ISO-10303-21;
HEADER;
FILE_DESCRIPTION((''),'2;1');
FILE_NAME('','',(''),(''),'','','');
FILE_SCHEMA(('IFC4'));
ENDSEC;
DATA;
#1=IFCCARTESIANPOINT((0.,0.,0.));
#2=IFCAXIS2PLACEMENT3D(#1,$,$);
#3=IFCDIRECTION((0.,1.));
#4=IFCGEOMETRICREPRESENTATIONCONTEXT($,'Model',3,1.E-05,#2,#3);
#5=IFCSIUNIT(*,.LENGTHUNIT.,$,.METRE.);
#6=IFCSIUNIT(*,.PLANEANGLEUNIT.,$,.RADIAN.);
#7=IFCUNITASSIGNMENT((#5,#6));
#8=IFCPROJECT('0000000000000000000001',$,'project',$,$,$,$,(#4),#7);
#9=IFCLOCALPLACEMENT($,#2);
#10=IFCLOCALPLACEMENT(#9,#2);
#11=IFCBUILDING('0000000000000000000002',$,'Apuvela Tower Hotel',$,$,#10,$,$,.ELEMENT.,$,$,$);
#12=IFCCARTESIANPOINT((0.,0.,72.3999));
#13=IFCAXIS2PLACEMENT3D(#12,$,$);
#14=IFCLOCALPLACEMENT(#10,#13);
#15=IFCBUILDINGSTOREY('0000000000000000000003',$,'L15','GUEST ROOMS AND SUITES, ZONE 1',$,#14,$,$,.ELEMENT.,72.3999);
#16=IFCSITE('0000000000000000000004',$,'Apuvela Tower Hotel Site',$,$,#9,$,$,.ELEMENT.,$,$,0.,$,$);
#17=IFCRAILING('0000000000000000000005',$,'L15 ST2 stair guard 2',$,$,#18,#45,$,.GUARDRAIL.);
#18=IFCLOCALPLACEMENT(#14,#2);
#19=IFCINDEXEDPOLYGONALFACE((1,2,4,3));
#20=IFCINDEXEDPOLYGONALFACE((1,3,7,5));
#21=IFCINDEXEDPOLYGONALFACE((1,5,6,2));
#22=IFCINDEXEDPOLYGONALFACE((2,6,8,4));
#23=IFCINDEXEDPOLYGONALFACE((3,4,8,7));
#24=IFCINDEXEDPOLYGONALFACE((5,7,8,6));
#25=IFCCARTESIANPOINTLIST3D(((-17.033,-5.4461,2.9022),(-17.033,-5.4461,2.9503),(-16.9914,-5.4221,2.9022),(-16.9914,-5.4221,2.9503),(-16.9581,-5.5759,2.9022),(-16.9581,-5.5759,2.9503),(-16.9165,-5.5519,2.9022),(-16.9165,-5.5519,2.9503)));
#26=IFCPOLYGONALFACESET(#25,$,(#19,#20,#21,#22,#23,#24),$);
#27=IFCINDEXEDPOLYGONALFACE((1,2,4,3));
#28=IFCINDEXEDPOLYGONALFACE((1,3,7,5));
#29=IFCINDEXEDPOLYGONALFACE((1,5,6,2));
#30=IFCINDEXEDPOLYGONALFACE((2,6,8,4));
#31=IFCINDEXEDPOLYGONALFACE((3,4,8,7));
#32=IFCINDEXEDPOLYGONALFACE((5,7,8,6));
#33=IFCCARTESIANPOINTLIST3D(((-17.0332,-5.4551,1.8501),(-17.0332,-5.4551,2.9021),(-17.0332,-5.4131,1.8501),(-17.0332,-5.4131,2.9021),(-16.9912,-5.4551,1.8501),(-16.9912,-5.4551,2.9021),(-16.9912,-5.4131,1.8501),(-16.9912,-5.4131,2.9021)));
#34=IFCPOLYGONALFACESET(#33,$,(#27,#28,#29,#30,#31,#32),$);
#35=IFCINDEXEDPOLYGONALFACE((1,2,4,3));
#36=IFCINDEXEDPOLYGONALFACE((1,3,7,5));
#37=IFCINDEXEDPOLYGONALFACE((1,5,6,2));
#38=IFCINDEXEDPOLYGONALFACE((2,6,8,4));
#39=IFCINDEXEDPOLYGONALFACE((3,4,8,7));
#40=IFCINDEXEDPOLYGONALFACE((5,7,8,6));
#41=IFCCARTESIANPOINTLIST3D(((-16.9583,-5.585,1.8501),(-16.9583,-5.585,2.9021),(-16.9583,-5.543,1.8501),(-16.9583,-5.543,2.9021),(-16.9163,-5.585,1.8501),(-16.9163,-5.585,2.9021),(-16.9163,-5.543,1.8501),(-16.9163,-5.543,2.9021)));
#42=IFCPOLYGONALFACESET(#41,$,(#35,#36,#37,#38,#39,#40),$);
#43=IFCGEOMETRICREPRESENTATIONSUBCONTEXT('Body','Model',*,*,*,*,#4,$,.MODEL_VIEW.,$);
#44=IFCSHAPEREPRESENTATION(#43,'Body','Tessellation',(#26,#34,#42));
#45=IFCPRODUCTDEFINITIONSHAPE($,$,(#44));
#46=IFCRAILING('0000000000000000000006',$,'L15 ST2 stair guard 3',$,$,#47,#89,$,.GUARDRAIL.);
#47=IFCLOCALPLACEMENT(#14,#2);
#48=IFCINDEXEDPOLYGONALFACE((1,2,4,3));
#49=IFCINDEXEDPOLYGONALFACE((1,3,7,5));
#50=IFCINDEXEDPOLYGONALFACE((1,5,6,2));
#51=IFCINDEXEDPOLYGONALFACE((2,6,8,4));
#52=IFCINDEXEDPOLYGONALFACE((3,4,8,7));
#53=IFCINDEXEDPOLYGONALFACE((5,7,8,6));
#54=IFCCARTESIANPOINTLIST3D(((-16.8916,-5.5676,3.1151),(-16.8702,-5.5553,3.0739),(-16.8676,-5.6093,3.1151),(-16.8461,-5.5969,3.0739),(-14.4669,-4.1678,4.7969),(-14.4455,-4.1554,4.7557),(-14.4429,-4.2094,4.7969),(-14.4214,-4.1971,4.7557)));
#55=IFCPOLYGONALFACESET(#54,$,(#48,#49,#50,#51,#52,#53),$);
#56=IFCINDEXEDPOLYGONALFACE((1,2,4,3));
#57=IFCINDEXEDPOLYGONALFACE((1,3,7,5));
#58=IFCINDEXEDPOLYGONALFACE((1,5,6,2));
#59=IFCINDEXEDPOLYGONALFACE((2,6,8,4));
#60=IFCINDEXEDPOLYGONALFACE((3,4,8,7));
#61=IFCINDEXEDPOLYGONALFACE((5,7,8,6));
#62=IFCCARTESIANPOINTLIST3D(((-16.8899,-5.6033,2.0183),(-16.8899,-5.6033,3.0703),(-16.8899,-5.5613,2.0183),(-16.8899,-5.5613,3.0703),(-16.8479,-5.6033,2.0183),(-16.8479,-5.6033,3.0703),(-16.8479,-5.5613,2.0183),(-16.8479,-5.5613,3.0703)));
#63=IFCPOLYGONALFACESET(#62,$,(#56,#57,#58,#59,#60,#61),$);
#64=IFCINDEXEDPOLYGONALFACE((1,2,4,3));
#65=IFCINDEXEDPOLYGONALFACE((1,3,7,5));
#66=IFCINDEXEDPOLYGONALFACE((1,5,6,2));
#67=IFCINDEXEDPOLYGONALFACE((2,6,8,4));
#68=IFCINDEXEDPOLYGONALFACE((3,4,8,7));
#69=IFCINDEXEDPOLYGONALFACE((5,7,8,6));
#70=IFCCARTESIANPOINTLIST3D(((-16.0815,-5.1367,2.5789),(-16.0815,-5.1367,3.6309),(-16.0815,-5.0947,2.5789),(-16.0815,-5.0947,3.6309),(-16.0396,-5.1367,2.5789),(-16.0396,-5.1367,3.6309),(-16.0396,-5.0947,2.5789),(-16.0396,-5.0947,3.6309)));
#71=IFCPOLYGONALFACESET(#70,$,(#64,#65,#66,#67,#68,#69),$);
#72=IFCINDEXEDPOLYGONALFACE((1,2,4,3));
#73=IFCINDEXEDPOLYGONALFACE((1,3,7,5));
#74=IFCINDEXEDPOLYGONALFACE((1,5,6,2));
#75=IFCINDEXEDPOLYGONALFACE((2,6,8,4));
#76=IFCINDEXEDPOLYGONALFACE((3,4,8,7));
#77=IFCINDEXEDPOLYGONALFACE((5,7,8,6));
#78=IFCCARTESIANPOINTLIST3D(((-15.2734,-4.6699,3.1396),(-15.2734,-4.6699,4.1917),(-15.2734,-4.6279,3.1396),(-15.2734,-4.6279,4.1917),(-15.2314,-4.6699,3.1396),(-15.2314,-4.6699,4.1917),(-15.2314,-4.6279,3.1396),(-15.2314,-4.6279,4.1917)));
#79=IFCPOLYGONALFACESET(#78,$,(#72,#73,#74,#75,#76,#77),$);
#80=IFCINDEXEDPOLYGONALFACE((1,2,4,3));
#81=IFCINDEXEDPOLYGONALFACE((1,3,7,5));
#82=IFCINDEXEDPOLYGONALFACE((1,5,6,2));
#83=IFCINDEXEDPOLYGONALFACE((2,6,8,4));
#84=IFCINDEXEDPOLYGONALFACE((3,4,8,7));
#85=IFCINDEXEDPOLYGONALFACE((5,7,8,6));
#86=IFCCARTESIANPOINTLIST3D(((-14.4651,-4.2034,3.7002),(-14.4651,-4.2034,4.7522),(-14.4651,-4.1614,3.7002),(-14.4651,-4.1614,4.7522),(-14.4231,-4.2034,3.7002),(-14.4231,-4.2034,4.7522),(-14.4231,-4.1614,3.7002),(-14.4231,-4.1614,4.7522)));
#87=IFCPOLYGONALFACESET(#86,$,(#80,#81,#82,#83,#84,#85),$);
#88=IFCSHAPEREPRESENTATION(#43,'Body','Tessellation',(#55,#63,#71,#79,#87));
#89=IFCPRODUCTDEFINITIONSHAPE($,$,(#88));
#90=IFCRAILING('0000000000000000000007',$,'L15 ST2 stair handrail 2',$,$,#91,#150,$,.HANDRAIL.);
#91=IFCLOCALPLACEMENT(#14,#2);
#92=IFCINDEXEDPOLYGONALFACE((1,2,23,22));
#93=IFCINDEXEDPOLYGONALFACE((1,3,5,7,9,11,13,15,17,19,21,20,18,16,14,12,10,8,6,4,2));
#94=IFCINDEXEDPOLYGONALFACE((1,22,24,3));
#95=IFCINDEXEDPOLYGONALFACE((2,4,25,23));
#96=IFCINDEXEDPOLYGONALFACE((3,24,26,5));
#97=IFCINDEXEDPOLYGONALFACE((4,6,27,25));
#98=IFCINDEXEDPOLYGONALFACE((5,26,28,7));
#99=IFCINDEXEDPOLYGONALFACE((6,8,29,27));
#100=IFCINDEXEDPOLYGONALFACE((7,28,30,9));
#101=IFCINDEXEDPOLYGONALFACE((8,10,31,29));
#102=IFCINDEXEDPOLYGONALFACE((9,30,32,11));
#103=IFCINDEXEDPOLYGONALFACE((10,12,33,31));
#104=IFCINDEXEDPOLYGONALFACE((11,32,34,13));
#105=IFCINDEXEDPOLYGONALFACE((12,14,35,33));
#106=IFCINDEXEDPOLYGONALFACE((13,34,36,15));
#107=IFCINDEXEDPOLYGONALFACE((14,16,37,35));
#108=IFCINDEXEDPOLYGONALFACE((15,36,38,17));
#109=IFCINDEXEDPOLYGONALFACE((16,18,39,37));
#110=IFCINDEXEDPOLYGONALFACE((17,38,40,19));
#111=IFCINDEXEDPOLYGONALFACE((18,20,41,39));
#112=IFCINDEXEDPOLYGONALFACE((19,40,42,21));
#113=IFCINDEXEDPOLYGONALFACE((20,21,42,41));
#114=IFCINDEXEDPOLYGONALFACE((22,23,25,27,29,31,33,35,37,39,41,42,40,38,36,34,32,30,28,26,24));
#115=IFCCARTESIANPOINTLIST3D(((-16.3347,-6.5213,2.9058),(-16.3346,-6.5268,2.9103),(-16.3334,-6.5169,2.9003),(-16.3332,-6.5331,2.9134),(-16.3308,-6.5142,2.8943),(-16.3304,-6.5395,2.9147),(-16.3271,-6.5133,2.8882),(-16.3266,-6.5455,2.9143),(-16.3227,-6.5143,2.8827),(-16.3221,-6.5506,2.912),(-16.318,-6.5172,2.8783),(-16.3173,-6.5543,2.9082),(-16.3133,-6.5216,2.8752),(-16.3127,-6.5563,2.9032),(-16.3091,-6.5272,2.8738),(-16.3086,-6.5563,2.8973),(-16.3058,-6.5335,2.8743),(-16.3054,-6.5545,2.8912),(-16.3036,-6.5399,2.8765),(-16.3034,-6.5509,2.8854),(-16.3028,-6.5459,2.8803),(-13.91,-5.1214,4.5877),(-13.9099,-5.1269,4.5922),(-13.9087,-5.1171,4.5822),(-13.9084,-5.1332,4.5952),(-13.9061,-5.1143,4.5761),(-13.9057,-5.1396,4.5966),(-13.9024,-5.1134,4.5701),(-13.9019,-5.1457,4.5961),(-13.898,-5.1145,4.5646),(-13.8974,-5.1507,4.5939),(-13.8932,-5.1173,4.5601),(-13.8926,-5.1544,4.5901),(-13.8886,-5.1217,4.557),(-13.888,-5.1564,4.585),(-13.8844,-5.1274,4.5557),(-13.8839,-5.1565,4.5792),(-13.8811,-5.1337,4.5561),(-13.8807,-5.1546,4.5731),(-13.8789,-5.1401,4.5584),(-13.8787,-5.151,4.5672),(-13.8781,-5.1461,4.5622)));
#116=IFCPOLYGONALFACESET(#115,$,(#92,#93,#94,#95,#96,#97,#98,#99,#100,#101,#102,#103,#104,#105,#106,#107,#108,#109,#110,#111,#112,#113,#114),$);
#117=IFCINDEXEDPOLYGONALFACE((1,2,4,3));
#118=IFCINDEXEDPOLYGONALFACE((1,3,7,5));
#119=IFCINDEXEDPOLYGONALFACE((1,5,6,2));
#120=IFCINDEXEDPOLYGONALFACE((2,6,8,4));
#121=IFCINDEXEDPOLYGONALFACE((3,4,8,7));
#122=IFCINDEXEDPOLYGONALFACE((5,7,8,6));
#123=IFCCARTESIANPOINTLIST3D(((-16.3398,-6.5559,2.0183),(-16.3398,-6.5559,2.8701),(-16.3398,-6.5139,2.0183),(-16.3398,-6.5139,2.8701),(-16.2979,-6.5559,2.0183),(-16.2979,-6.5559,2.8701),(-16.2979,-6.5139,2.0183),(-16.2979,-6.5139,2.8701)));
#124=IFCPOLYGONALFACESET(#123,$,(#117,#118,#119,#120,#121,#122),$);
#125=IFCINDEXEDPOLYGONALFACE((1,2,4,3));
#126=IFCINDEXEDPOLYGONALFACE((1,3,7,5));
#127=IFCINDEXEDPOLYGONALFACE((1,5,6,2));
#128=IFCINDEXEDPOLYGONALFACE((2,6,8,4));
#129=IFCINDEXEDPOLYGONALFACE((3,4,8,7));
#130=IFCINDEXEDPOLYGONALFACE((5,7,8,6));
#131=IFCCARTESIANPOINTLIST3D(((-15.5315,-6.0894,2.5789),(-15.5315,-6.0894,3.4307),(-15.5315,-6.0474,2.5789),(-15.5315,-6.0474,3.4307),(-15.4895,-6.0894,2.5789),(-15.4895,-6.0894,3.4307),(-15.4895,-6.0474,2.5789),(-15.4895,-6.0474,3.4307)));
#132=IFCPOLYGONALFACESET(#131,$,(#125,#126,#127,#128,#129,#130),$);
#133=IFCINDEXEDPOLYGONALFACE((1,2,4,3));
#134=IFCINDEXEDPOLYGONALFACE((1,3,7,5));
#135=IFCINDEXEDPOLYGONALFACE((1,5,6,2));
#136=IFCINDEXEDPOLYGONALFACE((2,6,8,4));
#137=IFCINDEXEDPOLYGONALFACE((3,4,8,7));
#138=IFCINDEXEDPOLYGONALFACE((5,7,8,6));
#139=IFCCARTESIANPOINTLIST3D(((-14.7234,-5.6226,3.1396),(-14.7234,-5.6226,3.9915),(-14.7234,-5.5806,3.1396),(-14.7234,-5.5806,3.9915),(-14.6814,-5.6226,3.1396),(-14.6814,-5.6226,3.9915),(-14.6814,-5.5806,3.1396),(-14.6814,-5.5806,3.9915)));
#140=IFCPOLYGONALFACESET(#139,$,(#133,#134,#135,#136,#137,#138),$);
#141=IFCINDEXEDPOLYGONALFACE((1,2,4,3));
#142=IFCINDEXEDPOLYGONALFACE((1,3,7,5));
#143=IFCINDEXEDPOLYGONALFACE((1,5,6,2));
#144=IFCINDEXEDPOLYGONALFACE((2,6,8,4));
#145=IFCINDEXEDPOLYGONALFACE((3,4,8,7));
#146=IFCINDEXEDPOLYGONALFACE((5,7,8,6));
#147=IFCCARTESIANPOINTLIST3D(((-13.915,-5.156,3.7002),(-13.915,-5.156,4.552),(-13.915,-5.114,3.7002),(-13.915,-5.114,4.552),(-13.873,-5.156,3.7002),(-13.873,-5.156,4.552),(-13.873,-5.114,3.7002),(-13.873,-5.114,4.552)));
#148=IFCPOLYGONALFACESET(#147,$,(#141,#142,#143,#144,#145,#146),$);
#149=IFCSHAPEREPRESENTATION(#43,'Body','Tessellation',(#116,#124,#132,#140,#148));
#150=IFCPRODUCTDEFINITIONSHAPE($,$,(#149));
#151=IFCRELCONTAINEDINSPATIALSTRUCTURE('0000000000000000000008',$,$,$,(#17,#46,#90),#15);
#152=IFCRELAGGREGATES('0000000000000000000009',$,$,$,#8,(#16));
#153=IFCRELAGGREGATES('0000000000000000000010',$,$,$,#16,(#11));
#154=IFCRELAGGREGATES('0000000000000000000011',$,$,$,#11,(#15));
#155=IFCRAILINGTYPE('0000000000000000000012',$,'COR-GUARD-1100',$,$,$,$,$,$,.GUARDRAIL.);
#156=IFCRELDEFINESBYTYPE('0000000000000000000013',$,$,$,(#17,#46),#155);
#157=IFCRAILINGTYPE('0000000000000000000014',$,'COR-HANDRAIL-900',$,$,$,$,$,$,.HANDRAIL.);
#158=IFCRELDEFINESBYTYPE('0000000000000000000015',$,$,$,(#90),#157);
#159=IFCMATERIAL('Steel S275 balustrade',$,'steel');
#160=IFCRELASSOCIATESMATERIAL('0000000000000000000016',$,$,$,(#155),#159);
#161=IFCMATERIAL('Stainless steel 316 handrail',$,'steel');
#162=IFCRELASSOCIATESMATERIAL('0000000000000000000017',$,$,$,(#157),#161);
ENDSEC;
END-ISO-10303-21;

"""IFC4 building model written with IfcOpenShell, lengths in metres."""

from ifc_helpers import new_model, si_unit, direction, frame, origin, origin_2d, place, context, subcontext, project, spatial, rectangle, circle, extrude, material, type_object, element, save


model = new_model("IFC4")

# Units and contexts
model_context = context("Model", 3, precision=1e-05, world=origin(), true_north=direction((0.0, 1.0)))
body_context = subcontext(model_context, "Body", "Model", "MODEL_VIEW")
ifc_project = project(units=[si_unit("LENGTHUNIT", "METRE"), si_unit("PLANEANGLEUNIT", "RADIAN")], contexts=[model_context])

# Site, building, storey
site_placement = place(None, origin())
site = spatial("IfcSite", under=ifc_project, at=site_placement, Name="Apuvela Tower Hotel Site", CompositionType="ELEMENT", RefElevation=0.0)
building_placement = place(site_placement, origin())
building = spatial("IfcBuilding", under=site, at=building_placement, Name="Apuvela Tower Hotel", CompositionType="ELEMENT")
storey_placement = place(building_placement, frame((0.0, 0.0, 72.3999)))
storey = spatial("IfcBuildingStorey", under=building, at=storey_placement, Name="L15", Description="GUEST ROOMS AND SUITES, ZONE 1", CompositionType="ELEMENT", Elevation=72.3999)

# Railings
ifc_material_1 = material(Name="Steel S275 balustrade", Category="steel")
railing_type_1 = type_object("IfcRailingType", Name="COR-GUARD-1100", PredefinedType="GUARDRAIL", material=ifc_material_1)
railing_1_placement = place(storey_placement, frame((-17.0122, -5.4341, 1.8501)))
element("IfcRailing", 1, at=railing_1_placement, inside=storey, type_object=railing_type_1, Name="L15 ST2 stair guard 2", PredefinedType="GUARDRAIL", context=body_context, shape_type="SweptSolid", body=[
    extrude(rectangle(XDim=0.0481, YDim=0.0481, at=origin_2d()), frame((0.0, 0.0, 1.0762), z_axis=(0.499816, -0.866131, 0.0), x_axis=(0.866131, 0.499816, 0.0)), (0.0, 0.0, 1.0), 0.1499),
    extrude(rectangle(XDim=0.042, YDim=0.042, at=origin_2d()), origin(), (0.0, 0.0, 1.0), 1.052),
    extrude(rectangle(XDim=0.042, YDim=0.042, at=origin_2d()), frame((0.075, -0.1299, 0.0)), (0.0, 0.0, 1.0), 1.052),
])
railing_2_placement = place(storey_placement, frame((-16.8689, -5.5823, 2.0183)))
element("IfcRailing", 2, at=railing_2_placement, inside=storey, type_object=railing_type_1, Name="L15 ST2 stair guard 3", PredefinedType="GUARDRAIL", context=body_context, shape_type="SweptSolid", body=[
    extrude(rectangle(XDim=0.0481, YDim=0.0481, at=origin_2d()), frame((0.0, 0.0, 1.0762), z_axis=(0.74239, 0.428601, 0.514934), x_axis=(-0.499984, 0.866035, 0.0)), (0.0, 0.0, 1.0), 3.2661),
    extrude(rectangle(XDim=0.042, YDim=0.042, at=origin_2d()), origin(), (0.0, 0.0, 1.0), 1.052),
    extrude(rectangle(XDim=0.042, YDim=0.042, at=origin_2d()), frame((0.8083, 0.4666, 0.5605)), (0.0, 0.0, 1.0), 1.052),
    extrude(rectangle(XDim=0.042, YDim=0.042, at=origin_2d()), frame((1.6165, 0.9333, 1.1213)), (0.0, 0.0, 1.0), 1.052),
    extrude(rectangle(XDim=0.042, YDim=0.042, at=origin_2d()), frame((2.4248, 1.3999, 1.6819)), (0.0, 0.0, 1.0), 1.052),
])
ifc_material_2 = material(Name="Stainless steel 316 handrail", Category="steel")
railing_type_2 = type_object("IfcRailingType", Name="COR-HANDRAIL-900", PredefinedType="HANDRAIL", material=ifc_material_2)
railing_3_placement = place(storey_placement, frame((-16.3188, -6.5349, 2.0183)))
element("IfcRailing", 3, at=railing_3_placement, inside=storey, type_object=railing_type_2, Name="L15 ST2 stair handrail 2", PredefinedType="HANDRAIL", context=body_context, shape_type="SweptSolid", body=[
    extrude(circle(Radius=0.0239, at=origin_2d()), frame((0.0, 0.0, 0.876), z_axis=(0.74239, 0.428601, 0.514934), x_axis=(-0.499984, 0.866035, 0.0)), (0.0, 0.0, 1.0), 3.2661),
    extrude(rectangle(XDim=0.042, YDim=0.042, at=origin_2d()), origin(), (0.0, 0.0, 1.0), 0.8518),
    extrude(rectangle(XDim=0.042, YDim=0.042, at=origin_2d()), frame((0.8083, 0.4666, 0.5605)), (0.0, 0.0, 1.0), 0.8518),
    extrude(rectangle(XDim=0.042, YDim=0.042, at=origin_2d()), frame((1.6165, 0.9333, 1.1213)), (0.0, 0.0, 1.0), 0.8518),
    extrude(rectangle(XDim=0.042, YDim=0.042, at=origin_2d()), frame((2.4248, 1.3999, 1.6819)), (0.0, 0.0, 1.0), 0.8518),
])

save(model, "model.ifc")
